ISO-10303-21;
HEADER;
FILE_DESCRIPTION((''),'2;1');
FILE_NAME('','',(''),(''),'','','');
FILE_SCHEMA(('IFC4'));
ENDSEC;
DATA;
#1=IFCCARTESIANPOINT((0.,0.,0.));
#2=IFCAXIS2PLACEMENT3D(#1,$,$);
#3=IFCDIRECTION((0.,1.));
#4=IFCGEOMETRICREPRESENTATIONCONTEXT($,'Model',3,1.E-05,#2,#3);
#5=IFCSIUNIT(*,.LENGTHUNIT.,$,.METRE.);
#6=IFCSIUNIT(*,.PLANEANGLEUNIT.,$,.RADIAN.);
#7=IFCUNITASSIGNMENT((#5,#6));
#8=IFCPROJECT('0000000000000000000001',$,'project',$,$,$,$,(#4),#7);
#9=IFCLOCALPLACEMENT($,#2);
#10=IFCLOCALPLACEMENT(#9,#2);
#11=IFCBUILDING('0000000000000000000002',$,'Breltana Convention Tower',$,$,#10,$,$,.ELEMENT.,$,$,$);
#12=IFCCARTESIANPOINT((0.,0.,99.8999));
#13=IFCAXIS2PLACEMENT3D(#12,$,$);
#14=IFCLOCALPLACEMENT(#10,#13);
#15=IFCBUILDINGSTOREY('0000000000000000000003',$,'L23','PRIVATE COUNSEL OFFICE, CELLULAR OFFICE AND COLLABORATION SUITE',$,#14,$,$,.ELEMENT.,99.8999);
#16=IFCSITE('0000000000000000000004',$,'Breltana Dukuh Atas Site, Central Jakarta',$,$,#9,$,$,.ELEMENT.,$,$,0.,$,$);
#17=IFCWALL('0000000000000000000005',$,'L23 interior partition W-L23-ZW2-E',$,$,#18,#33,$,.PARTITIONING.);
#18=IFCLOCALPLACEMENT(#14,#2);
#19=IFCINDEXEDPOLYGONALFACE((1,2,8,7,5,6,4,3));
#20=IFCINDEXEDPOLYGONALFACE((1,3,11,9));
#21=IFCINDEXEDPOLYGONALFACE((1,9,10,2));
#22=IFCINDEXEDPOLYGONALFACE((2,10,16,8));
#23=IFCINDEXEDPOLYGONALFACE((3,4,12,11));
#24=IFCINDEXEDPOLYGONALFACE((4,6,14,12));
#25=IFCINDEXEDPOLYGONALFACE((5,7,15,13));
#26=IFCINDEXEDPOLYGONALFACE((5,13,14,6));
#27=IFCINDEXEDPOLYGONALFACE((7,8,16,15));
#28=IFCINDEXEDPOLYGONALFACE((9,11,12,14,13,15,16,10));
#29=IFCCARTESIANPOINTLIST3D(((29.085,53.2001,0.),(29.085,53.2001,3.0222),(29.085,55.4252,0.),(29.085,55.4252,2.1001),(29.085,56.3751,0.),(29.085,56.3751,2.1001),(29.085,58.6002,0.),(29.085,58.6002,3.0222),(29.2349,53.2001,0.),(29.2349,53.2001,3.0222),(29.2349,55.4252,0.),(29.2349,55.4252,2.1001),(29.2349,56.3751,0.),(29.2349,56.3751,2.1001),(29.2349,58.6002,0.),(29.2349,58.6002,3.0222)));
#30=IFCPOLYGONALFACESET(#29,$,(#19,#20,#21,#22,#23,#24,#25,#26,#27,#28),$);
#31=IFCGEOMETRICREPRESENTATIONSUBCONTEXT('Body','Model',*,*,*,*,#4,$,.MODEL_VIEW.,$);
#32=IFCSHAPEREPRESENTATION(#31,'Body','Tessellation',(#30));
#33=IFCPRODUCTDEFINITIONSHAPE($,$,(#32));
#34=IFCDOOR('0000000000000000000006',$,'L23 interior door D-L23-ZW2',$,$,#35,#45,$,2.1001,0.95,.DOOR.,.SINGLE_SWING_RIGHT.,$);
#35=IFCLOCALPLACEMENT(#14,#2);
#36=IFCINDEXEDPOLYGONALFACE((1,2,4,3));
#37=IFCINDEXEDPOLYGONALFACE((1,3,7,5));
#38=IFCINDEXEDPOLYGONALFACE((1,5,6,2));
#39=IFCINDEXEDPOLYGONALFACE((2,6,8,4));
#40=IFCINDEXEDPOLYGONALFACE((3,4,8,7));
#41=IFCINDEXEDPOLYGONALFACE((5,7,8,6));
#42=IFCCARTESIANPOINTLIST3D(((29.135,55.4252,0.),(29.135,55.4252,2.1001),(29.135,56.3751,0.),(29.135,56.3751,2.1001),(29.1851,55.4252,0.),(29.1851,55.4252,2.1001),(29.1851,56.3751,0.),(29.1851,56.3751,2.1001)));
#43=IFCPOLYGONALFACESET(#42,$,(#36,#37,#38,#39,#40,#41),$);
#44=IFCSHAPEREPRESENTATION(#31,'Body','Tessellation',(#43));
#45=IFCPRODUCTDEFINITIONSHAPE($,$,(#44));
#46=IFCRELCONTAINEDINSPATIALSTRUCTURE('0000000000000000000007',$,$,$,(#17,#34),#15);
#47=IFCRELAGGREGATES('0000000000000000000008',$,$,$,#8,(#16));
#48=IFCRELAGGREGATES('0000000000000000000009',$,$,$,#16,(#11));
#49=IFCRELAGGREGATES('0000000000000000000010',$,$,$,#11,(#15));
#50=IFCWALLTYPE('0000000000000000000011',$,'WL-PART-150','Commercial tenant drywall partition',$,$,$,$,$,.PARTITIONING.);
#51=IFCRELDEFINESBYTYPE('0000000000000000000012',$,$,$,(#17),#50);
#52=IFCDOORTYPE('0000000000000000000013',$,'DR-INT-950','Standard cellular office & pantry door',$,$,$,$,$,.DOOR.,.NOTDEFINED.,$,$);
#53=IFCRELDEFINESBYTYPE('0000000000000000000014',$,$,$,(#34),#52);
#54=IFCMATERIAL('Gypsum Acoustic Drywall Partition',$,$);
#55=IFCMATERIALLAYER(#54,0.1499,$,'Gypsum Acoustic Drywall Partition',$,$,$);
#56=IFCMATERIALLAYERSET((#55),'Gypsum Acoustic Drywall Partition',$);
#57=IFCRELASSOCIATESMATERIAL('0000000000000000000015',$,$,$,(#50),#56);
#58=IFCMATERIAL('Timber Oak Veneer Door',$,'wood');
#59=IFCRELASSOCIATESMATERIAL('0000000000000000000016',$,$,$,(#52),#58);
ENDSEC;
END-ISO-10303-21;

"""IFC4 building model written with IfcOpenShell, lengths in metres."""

from ifc_helpers import new_model, si_unit, direction, frame, frame_2d, origin, place, context, subcontext, project, spatial, rectangle, extrude, source, transform, mapped, material, layer, layer_set, type_object, type_shapes, element, fill, save


model = new_model("IFC4")

# Units and contexts
model_context = context("Model", 3, precision=1e-05, world=origin(), true_north=direction((0.0, 1.0)))
body_context = subcontext(model_context, "Body", "Model", "MODEL_VIEW")
ifc_project = project(units=[si_unit("LENGTHUNIT", "METRE"), si_unit("PLANEANGLEUNIT", "RADIAN")], contexts=[model_context])

# Site, building, storey
site_placement = place(None, origin())
site = spatial("IfcSite", under=ifc_project, at=site_placement, Name="Breltana Dukuh Atas Site, Central Jakarta", CompositionType="ELEMENT", RefElevation=0.0)
building_placement = place(site_placement, origin())
building = spatial("IfcBuilding", under=site, at=building_placement, Name="Breltana Convention Tower", CompositionType="ELEMENT")
storey_placement = place(building_placement, frame((0.0, 0.0, 99.8999)))
storey = spatial("IfcBuildingStorey", under=building, at=storey_placement, Name="L23", Description="PRIVATE COUNSEL OFFICE, CELLULAR OFFICE AND COLLABORATION SUITE", CompositionType="ELEMENT", Elevation=99.8999)

# Shared definitions
ifc_material_1 = material(Name="Gypsum Acoustic Drywall Partition")
ifc_layer_1 = layer(ifc_material_1, 0.1499, Name="Gypsum Acoustic Drywall Partition")
ifc_layer_set_1 = layer_set([ifc_layer_1], Name="Gypsum Acoustic Drywall Partition")
wall_type_1 = type_object("IfcWallType", Name="WL-PART-150", Description="Commercial tenant drywall partition", PredefinedType="PARTITIONING", material=ifc_layer_set_1)

# Wall, opening, door
shared_shape_1 = source(origin(), body_context, "Body", "SweptSolid", [
    extrude(rectangle(XDim=5.4001, YDim=0.1499, at=frame_2d((2.7002, 0.0))), origin(), (0.0, 0.0, 1.0), 3.0222),
])
wall_1_placement = place(storey_placement, frame((29.1599, 53.2, 0.0), z_axis=(0.0, 0.0, 1.0), x_axis=(0.0, 1.0, 0.0)))
wall_1 = element("IfcWall", 1, at=wall_1_placement, inside=storey, type_object=wall_type_1, Name="L23 interior partition W-L23-ZW2-E", PredefinedType="PARTITIONING", context=body_context, shape_type="MappedRepresentation", body=[
    mapped(shared_shape_1, transform((0.0, 0.0, 0.0), scale=1.0)),
])
opening_1_placement = place(wall_1_placement, frame((2.2251, 0.0, 0.0)))
opening_1 = element("IfcOpeningElement", 2, at=opening_1_placement, cuts=wall_1, PredefinedType="OPENING", context=body_context, shape_type="SweptSolid", body=[
    extrude(rectangle(XDim=0.95, YDim=2.1001, at=frame_2d((0.4751, 1.05))), frame((0.0, 0.085, 0.0), z_axis=(0.0, -1.0, 0.0), x_axis=(1.0, 0.0, 0.0)), (0.0, 0.0, 1.0), 0.1699),
])
ifc_material_2 = material(Name="Timber Oak Veneer Door", Category="wood")
door_type = type_object("IfcDoorType", Name="DR-INT-950", Description="Standard cellular office & pantry door", OperationType="NOTDEFINED", PredefinedType="DOOR", material=ifc_material_2)
shared_shape_2 = source(origin(), body_context, "Body", "SweptSolid", [
    extrude(rectangle(XDim=0.95, YDim=2.1001, at=frame_2d((0.4751, 1.05))), frame((0.0, 0.0249, 0.0), z_axis=(0.0, -1.0, 0.0), x_axis=(1.0, 0.0, 0.0)), (0.0, 0.0, 1.0), 0.05),
])
type_shapes(door_type, [shared_shape_2])
door_placement = place(opening_1_placement, origin())
door = element("IfcDoor", 3, at=door_placement, inside=storey, type_object=door_type, Name="L23 interior door D-L23-ZW2", OperationType="SINGLE_SWING_RIGHT", OverallHeight=2.1001, OverallWidth=0.95, PredefinedType="DOOR", context=body_context, shape_type="MappedRepresentation", body=[
    mapped(shared_shape_2, transform((0.0, 0.0, 0.0), scale=1.0)),
])
fill(opening_1, door)

save(model, "model.ifc")
